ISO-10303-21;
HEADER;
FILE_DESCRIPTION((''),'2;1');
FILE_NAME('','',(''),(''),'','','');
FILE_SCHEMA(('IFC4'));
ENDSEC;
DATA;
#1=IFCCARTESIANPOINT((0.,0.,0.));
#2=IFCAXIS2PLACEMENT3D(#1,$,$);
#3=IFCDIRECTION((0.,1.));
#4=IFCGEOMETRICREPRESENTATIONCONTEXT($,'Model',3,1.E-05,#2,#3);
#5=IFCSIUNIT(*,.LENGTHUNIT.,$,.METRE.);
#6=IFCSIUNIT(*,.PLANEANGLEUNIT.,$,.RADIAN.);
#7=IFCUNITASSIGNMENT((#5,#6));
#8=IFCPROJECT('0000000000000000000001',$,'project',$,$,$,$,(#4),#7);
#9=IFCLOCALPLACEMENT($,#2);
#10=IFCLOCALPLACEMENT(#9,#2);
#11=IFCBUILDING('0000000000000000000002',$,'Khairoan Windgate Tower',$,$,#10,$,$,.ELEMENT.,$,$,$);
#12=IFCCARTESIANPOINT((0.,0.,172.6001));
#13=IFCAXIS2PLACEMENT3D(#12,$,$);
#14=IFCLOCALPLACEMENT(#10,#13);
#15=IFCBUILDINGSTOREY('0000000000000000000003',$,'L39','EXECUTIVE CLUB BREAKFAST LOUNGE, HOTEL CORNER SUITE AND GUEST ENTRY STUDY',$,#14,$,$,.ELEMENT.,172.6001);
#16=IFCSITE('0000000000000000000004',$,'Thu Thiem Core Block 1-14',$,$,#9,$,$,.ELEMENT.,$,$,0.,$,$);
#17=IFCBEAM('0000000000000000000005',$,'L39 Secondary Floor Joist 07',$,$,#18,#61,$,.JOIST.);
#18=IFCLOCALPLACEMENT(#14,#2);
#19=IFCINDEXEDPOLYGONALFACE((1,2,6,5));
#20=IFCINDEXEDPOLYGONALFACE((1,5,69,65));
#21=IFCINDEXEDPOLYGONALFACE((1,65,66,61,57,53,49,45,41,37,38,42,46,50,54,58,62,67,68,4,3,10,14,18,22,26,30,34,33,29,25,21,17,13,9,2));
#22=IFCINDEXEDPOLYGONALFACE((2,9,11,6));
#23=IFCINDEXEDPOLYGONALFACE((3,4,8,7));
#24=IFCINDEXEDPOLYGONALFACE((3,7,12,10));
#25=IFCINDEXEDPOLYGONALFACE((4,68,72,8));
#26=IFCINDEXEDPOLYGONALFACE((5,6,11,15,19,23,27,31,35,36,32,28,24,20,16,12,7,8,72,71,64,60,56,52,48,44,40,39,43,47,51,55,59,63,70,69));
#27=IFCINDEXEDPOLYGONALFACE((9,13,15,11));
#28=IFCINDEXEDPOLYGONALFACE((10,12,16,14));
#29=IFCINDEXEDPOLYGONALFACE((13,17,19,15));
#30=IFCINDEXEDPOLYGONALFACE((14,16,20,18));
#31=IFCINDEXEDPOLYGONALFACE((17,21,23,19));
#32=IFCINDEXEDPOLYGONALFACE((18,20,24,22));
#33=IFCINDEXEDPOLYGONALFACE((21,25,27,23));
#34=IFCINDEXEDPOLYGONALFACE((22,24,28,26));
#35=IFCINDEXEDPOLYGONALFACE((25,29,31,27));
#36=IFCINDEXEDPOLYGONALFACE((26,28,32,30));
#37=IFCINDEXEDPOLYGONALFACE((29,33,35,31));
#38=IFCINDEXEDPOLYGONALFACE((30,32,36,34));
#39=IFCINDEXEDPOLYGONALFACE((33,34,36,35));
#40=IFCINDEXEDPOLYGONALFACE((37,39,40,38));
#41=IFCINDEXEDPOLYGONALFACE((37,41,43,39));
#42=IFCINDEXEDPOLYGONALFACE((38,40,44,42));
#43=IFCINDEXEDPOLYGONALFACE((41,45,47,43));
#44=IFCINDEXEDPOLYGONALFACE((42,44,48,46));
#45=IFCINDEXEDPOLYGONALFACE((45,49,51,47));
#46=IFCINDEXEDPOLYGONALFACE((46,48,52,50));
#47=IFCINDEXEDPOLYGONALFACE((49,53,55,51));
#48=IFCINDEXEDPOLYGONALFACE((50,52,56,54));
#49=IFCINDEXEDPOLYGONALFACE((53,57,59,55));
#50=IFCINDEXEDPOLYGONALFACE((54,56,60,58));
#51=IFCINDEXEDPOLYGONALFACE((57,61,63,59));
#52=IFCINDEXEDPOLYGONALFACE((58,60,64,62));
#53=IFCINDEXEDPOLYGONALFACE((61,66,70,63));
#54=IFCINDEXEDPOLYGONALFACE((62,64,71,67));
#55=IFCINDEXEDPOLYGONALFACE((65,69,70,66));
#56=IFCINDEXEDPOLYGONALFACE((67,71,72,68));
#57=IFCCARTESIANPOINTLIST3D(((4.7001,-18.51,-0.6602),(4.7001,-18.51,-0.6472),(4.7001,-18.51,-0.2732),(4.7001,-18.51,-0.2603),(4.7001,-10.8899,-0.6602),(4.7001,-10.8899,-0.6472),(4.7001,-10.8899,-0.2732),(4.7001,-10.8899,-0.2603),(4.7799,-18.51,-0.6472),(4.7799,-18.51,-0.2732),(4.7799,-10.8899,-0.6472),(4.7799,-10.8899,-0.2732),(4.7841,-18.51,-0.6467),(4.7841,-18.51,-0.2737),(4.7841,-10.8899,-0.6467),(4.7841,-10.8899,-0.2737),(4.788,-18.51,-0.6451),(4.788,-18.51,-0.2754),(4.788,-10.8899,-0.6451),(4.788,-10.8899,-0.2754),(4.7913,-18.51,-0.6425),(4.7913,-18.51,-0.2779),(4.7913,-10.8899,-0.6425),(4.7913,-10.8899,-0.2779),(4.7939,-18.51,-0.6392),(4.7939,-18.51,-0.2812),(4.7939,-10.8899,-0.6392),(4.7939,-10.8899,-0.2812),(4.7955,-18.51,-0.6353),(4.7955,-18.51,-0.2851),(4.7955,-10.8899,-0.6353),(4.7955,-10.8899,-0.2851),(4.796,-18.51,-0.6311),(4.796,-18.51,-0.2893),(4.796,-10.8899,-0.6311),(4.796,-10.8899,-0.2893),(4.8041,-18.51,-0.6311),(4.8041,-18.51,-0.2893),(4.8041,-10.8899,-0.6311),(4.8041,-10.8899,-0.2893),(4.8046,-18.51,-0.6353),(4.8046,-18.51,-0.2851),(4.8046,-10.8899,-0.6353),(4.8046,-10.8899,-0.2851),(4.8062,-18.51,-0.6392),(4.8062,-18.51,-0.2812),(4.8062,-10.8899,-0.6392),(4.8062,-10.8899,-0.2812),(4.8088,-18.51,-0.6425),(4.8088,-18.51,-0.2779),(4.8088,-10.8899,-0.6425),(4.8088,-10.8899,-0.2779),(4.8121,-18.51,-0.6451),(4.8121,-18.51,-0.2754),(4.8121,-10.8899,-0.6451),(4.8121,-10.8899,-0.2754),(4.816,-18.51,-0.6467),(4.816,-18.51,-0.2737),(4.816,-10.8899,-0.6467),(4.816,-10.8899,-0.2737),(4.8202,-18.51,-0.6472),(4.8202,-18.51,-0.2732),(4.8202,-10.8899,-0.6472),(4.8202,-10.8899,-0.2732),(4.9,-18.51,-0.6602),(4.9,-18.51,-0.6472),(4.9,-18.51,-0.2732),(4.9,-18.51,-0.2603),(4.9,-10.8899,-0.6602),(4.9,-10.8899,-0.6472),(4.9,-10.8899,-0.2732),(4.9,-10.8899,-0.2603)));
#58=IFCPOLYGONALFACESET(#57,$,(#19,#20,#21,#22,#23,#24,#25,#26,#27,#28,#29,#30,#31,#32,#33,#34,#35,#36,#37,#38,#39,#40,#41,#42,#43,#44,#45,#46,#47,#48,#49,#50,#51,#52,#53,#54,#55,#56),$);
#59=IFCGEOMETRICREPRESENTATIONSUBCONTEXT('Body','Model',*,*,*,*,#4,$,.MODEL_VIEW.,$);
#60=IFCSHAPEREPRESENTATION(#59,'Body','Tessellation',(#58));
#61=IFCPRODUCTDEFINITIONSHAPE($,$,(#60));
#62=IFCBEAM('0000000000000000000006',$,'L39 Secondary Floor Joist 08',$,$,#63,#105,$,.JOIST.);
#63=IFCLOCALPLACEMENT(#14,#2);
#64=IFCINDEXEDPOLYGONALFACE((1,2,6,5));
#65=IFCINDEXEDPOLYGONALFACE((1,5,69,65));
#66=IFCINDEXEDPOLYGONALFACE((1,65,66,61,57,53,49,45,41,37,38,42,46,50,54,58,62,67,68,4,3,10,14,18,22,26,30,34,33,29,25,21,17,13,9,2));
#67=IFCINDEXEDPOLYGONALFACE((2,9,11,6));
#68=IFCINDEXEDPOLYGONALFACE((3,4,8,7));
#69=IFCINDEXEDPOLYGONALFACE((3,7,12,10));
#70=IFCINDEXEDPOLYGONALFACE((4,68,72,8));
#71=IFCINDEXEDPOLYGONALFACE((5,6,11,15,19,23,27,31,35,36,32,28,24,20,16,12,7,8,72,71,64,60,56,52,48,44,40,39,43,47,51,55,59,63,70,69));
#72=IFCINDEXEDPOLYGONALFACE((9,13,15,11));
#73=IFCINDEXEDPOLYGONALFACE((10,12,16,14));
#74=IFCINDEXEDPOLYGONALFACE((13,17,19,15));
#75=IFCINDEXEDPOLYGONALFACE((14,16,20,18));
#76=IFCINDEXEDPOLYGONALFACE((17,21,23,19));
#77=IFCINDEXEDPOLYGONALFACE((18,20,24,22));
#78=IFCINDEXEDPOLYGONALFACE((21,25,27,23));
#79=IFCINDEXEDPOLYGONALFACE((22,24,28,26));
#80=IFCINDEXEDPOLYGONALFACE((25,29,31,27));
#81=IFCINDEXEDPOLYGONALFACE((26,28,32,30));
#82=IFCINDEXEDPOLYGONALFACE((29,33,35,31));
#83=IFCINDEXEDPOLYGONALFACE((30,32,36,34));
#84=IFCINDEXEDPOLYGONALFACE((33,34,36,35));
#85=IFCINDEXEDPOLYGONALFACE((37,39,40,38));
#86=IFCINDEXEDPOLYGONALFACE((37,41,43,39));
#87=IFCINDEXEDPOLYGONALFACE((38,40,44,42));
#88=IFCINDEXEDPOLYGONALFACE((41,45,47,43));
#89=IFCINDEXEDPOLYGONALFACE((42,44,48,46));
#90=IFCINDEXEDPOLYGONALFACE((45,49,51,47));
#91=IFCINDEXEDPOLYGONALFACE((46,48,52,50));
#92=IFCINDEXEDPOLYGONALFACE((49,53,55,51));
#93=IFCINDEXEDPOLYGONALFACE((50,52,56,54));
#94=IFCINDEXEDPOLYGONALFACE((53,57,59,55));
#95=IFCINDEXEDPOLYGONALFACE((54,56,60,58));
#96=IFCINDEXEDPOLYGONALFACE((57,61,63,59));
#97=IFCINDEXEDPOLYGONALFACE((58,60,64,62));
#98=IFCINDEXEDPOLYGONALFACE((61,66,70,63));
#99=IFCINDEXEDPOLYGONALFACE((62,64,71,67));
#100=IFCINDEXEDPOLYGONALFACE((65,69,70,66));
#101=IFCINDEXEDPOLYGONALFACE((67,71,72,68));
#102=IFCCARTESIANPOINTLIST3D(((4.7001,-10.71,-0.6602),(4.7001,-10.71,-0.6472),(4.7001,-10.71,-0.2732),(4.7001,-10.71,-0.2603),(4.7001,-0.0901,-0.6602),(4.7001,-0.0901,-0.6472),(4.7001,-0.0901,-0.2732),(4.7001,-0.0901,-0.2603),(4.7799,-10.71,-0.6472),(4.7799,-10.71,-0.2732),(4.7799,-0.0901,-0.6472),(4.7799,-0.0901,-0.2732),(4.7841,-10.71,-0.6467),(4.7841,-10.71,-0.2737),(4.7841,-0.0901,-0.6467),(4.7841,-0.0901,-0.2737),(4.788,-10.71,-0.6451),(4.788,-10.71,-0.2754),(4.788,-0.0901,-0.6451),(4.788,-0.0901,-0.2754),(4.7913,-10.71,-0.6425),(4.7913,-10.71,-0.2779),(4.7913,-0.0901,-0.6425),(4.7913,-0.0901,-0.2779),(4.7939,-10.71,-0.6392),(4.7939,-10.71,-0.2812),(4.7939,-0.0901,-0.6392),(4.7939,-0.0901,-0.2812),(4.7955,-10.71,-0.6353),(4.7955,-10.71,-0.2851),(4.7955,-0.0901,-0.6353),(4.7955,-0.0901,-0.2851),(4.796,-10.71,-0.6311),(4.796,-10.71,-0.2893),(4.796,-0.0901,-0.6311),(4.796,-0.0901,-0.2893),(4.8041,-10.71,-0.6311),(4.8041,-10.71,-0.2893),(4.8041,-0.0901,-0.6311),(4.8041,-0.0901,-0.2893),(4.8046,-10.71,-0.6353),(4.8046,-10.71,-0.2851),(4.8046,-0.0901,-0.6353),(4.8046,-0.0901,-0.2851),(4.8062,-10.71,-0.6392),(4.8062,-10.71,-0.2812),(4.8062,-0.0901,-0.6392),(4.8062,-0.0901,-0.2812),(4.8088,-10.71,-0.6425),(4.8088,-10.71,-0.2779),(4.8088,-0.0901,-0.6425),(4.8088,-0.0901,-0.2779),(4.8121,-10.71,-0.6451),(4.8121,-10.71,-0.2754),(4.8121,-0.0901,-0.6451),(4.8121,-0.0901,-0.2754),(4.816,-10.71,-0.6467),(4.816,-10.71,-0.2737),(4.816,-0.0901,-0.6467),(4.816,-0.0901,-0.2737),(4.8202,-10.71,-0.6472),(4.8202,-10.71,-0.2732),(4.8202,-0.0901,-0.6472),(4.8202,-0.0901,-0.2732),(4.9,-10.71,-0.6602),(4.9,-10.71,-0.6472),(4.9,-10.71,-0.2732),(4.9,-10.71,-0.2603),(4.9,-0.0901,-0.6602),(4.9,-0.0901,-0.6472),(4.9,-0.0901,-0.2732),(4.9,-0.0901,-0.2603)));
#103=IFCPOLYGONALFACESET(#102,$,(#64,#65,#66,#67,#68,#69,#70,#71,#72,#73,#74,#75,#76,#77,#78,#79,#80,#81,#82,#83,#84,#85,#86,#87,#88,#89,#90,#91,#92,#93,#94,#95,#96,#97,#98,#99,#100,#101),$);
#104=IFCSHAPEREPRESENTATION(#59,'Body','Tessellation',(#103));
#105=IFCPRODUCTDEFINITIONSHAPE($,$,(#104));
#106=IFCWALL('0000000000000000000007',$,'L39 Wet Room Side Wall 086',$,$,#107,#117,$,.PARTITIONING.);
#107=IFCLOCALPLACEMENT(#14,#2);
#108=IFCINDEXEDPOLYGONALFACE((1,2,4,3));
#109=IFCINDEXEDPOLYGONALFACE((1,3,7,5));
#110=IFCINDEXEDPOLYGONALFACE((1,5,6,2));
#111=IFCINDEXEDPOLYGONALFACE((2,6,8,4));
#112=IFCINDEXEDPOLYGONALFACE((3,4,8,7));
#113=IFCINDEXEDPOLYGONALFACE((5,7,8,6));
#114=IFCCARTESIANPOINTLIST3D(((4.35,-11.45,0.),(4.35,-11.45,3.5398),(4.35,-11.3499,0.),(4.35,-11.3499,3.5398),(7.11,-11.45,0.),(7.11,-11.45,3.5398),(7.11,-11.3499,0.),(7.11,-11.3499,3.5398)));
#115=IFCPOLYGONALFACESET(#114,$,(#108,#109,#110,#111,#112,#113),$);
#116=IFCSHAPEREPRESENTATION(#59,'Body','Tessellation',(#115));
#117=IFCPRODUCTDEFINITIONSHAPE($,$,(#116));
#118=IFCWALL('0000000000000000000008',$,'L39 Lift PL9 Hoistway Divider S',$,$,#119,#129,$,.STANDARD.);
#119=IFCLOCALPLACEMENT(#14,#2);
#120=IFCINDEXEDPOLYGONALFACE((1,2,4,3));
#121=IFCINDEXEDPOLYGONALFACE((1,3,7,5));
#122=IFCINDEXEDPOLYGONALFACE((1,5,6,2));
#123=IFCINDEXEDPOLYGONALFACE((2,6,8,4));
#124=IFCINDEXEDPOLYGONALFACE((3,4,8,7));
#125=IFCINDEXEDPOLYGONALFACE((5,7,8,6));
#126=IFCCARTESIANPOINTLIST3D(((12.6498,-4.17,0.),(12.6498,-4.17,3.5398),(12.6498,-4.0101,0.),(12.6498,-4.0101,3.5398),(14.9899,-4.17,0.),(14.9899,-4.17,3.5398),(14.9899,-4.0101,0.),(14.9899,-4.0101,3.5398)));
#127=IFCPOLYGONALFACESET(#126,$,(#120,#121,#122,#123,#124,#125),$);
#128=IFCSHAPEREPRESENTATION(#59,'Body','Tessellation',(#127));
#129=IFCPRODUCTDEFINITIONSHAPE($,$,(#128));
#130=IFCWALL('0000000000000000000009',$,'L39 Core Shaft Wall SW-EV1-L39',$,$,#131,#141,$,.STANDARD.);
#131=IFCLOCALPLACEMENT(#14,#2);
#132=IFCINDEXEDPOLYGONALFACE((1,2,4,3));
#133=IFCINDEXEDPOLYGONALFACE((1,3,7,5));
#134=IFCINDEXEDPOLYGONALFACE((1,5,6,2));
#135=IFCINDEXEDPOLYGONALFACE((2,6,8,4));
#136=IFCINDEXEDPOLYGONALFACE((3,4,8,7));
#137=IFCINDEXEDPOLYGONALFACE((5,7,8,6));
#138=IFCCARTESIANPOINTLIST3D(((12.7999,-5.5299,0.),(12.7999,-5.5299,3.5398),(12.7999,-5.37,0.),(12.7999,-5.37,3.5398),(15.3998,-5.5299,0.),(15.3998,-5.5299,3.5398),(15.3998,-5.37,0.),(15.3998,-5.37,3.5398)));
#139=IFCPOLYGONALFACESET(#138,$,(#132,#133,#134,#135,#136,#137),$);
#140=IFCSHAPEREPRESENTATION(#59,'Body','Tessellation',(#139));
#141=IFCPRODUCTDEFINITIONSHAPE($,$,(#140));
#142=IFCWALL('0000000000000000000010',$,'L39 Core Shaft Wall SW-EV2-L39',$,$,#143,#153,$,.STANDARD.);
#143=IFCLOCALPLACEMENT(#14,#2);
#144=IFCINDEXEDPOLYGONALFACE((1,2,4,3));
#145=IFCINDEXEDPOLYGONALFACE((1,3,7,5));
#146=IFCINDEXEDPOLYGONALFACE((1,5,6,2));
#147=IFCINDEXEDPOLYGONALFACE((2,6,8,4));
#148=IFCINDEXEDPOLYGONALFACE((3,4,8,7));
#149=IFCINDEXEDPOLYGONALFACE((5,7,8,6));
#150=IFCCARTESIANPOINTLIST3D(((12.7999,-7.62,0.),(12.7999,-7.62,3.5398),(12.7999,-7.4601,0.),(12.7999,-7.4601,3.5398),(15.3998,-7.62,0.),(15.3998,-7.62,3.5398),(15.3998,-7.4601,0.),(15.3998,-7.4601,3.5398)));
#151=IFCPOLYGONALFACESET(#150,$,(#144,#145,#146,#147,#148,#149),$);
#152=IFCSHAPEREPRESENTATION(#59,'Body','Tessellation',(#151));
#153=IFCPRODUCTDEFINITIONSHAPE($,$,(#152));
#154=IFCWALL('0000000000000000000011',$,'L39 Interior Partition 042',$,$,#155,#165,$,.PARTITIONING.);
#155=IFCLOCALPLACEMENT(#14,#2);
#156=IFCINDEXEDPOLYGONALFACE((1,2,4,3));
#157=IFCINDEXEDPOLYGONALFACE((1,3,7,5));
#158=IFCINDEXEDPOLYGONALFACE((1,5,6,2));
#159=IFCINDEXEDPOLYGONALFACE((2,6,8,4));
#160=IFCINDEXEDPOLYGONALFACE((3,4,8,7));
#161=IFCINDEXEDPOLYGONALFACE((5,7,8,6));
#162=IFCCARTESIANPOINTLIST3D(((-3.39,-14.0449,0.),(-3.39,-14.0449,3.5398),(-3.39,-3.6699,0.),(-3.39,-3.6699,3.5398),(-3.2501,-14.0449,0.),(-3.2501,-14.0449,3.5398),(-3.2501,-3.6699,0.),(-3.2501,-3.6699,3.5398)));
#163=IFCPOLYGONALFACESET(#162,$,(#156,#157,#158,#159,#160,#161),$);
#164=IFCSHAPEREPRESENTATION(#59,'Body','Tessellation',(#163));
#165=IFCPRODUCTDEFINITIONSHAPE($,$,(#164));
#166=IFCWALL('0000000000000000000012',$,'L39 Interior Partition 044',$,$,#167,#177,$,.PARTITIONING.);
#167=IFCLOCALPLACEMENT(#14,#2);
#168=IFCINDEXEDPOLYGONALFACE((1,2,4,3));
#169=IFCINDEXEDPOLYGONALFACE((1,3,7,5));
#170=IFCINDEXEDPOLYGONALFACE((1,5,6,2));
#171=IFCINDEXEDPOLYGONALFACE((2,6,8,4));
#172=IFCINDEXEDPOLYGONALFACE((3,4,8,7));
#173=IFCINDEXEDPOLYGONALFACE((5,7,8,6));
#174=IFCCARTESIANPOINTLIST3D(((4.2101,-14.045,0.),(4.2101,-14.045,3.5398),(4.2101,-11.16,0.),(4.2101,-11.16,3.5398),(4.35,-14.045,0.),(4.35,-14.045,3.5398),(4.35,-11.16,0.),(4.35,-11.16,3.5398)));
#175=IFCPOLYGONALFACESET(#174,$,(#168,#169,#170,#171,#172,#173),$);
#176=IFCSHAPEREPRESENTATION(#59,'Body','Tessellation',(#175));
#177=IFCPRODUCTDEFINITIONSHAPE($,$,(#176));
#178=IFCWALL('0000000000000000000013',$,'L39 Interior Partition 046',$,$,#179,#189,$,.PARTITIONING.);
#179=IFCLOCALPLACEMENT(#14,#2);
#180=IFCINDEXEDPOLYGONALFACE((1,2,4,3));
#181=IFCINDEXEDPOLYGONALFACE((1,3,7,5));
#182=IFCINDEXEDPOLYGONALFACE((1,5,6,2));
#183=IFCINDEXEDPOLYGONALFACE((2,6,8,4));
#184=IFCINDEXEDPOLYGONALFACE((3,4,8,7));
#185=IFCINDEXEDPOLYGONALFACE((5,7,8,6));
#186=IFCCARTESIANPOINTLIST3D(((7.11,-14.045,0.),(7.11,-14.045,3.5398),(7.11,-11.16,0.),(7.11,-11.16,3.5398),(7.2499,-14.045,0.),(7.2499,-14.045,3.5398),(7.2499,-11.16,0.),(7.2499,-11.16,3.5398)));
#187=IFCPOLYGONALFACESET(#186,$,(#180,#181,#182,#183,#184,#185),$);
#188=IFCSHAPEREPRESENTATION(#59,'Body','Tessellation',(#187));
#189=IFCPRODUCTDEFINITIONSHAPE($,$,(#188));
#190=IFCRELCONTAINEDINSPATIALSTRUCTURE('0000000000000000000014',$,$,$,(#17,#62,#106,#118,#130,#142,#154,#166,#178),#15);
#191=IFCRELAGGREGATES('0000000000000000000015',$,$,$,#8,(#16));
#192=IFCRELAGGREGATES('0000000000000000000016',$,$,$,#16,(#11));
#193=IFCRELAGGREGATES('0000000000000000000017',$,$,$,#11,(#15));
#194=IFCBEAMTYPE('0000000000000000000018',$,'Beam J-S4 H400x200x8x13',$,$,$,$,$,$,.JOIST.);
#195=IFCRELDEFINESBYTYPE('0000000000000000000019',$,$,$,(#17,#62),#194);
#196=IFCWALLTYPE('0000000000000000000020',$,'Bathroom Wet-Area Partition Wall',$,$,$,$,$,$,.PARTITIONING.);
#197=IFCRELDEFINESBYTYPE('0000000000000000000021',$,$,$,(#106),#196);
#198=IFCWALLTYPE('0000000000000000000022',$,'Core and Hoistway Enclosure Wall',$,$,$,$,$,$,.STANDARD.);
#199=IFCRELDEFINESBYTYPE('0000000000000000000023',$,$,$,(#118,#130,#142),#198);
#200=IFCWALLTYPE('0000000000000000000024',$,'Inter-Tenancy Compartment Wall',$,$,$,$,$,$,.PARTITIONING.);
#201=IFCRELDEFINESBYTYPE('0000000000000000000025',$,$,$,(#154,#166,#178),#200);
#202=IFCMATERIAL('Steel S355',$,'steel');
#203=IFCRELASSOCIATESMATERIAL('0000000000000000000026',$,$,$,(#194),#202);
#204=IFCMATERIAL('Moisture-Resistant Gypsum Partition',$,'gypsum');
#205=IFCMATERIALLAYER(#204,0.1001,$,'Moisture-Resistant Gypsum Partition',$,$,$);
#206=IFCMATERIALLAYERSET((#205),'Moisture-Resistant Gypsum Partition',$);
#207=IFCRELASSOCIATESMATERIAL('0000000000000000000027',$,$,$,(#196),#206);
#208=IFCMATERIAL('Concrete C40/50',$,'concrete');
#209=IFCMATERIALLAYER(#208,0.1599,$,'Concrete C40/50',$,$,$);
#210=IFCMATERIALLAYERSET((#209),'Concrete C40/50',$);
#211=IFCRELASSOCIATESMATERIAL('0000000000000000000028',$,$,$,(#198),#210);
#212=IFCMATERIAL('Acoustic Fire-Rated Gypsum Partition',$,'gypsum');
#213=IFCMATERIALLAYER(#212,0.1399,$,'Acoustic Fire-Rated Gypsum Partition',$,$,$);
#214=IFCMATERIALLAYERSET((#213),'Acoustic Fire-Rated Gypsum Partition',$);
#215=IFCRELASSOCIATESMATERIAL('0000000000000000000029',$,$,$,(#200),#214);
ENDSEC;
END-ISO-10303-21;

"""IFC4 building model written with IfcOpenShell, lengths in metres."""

from ifc_helpers import new_model, si_unit, direction, frame, frame_2d, origin, origin_2d, place, context, subcontext, project, spatial, rectangle, i_section, extrude, material, layer, layer_set, material_profile, profile_set, type_object, element, save


model = new_model("IFC4")

# Units and contexts
model_context = context("Model", 3, precision=1e-05, world=origin(), true_north=direction((0.0, 1.0)))
body_context = subcontext(model_context, "Body", "Model", "MODEL_VIEW")
ifc_project = project(units=[si_unit("LENGTHUNIT", "METRE"), si_unit("PLANEANGLEUNIT", "RADIAN")], contexts=[model_context])

# Site, building, storey
site_placement = place(None, origin())
site = spatial("IfcSite", under=ifc_project, at=site_placement, Name="Thu Thiem Core Block 1-14", CompositionType="ELEMENT", RefElevation=0.0)
building_placement = place(site_placement, origin())
building = spatial("IfcBuilding", under=site, at=building_placement, Name="Khairoan Windgate Tower", CompositionType="ELEMENT")
storey_placement = place(building_placement, frame((0.0, 0.0, 172.6001)))
storey = spatial("IfcBuildingStorey", under=building, at=storey_placement, Name="L39", Description="EXECUTIVE CLUB BREAKFAST LOUNGE, HOTEL CORNER SUITE AND GUEST ENTRY STUDY", CompositionType="ELEMENT", Elevation=172.6001)

# Beams
ifc_material_1 = material(Name="Steel S355", Category="steel")
ifc_material_profile_1 = material_profile(ifc_material_1, i_section(OverallWidth=0.2, OverallDepth=0.3999, WebThickness=0.0081, FlangeThickness=0.0129, FilletRadius=0.0161, at=origin_2d()))
ifc_profile_set_1 = profile_set([ifc_material_profile_1], Name="Steel S355")
beam_type_1 = type_object("IfcBeamType", Name="Beam J-S4 H400x200x8x13", PredefinedType="JOIST", material=ifc_profile_set_1)
beam_1_placement = place(storey_placement, frame((4.8, -18.51, -0.4602), z_axis=(0.0, 1.0, 0.0), x_axis=(-1.0, 0.0, 0.0)))
element("IfcBeam", 1, at=beam_1_placement, inside=storey, type_object=beam_type_1, Name="L39 Secondary Floor Joist 07", PredefinedType="JOIST", context=body_context, shape_type="SweptSolid", body=[
    extrude(i_section(OverallWidth=0.2, OverallDepth=0.3999, WebThickness=0.0081, FlangeThickness=0.0129, FilletRadius=0.0161, at=origin_2d()), origin(), (0.0, 0.0, 1.0), 7.6201),
])
beam_2_placement = place(storey_placement, frame((4.8, -10.71, -0.4602), z_axis=(0.0, 1.0, 0.0), x_axis=(-1.0, 0.0, 0.0)))
element("IfcBeam", 2, at=beam_2_placement, inside=storey, type_object=beam_type_1, Name="L39 Secondary Floor Joist 08", PredefinedType="JOIST", context=body_context, shape_type="SweptSolid", body=[
    extrude(i_section(OverallWidth=0.2, OverallDepth=0.3999, WebThickness=0.0081, FlangeThickness=0.0129, FilletRadius=0.0161, at=origin_2d()), origin(), (0.0, 0.0, 1.0), 10.6199),
])

# Walls
ifc_material_2 = material(Name="Moisture-Resistant Gypsum Partition", Category="gypsum")
ifc_layer_1 = layer(ifc_material_2, 0.1001, Name="Moisture-Resistant Gypsum Partition")
ifc_layer_set_1 = layer_set([ifc_layer_1], Name="Moisture-Resistant Gypsum Partition")
wall_type_1 = type_object("IfcWallType", Name="Bathroom Wet-Area Partition Wall", PredefinedType="PARTITIONING", material=ifc_layer_set_1)
wall_1_placement = place(storey_placement, frame((4.3501, -11.3999, 0.0), z_axis=(0.0, 0.0, 1.0), x_axis=(1.0, 0.0, 0.0)))
element("IfcWall", 3, at=wall_1_placement, inside=storey, type_object=wall_type_1, Name="L39 Wet Room Side Wall 086", PredefinedType="PARTITIONING", context=body_context, shape_type="SweptSolid", body=[
    extrude(rectangle(XDim=2.76, YDim=0.1001, at=frame_2d((1.3799, 0.0))), origin(), (0.0, 0.0, 1.0), 3.5398),
])
ifc_material_3 = material(Name="Concrete C40/50", Category="concrete")
ifc_layer_2 = layer(ifc_material_3, 0.1599, Name="Concrete C40/50")
ifc_layer_set_2 = layer_set([ifc_layer_2], Name="Concrete C40/50")
wall_type_2 = type_object("IfcWallType", Name="Core and Hoistway Enclosure Wall", PredefinedType="STANDARD", material=ifc_layer_set_2)
wall_2_placement = place(storey_placement, frame((12.6499, -4.0901, 0.0), z_axis=(0.0, 0.0, 1.0), x_axis=(1.0, 0.0, 0.0)))
element("IfcWall", 4, at=wall_2_placement, inside=storey, type_object=wall_type_2, Name="L39 Lift PL9 Hoistway Divider S", PredefinedType="STANDARD", context=body_context, shape_type="SweptSolid", body=[
    extrude(rectangle(XDim=2.3401, YDim=0.1599, at=frame_2d((1.1699, 0.0))), origin(), (0.0, 0.0, 1.0), 3.5398),
])
for number, where, z_axis, x_axis, name in (
    (5, (12.8, -5.45, 0.0), (0.0, 0.0, 1.0), (1.0, 0.0, 0.0), "L39 Core Shaft Wall SW-EV1-L39"),
    (6, (12.8, -7.54, 0.0), (0.0, 0.0, 1.0), (1.0, 0.0, 0.0), "L39 Core Shaft Wall SW-EV2-L39"),
):
    element("IfcWall", number, at=place(storey_placement, frame(where, z_axis=z_axis, x_axis=x_axis)), inside=storey, type_object=wall_type_2, Name=name, PredefinedType="STANDARD", context=body_context, shape_type="SweptSolid", body=[
        extrude(rectangle(XDim=2.5999, YDim=0.1599, at=frame_2d((1.2998, 0.0))), origin(), (0.0, 0.0, 1.0), 3.5398),
    ])
ifc_material_4 = material(Name="Acoustic Fire-Rated Gypsum Partition", Category="gypsum")
ifc_layer_3 = layer(ifc_material_4, 0.1399, Name="Acoustic Fire-Rated Gypsum Partition")
ifc_layer_set_3 = layer_set([ifc_layer_3], Name="Acoustic Fire-Rated Gypsum Partition")
wall_type_3 = type_object("IfcWallType", Name="Inter-Tenancy Compartment Wall", PredefinedType="PARTITIONING", material=ifc_layer_set_3)
wall_3_placement = place(storey_placement, frame((-3.3201, -14.0449, 0.0), z_axis=(0.0, 0.0, 1.0), x_axis=(0.0, 1.0, 0.0)))
element("IfcWall", 7, at=wall_3_placement, inside=storey, type_object=wall_type_3, Name="L39 Interior Partition 042", PredefinedType="PARTITIONING", context=body_context, shape_type="SweptSolid", body=[
    extrude(rectangle(XDim=10.375, YDim=0.1399, at=frame_2d((5.1875, 0.0))), origin(), (0.0, 0.0, 1.0), 3.5398),
])
for number, where, z_axis, x_axis, name in (
    (8, (4.28, -14.0449, 0.0), (0.0, 0.0, 1.0), (0.0, 1.0, 0.0), "L39 Interior Partition 044"),
    (9, (7.1799, -14.0449, 0.0), (0.0, 0.0, 1.0), (0.0, 1.0, 0.0), "L39 Interior Partition 046"),
):
    element("IfcWall", number, at=place(storey_placement, frame(where, z_axis=z_axis, x_axis=x_axis)), inside=storey, type_object=wall_type_3, Name=name, PredefinedType="PARTITIONING", context=body_context, shape_type="SweptSolid", body=[
        extrude(rectangle(XDim=2.885, YDim=0.1399, at=frame_2d((1.4424, 0.0))), origin(), (0.0, 0.0, 1.0), 3.5398),
    ])

save(model, "model.ifc")
